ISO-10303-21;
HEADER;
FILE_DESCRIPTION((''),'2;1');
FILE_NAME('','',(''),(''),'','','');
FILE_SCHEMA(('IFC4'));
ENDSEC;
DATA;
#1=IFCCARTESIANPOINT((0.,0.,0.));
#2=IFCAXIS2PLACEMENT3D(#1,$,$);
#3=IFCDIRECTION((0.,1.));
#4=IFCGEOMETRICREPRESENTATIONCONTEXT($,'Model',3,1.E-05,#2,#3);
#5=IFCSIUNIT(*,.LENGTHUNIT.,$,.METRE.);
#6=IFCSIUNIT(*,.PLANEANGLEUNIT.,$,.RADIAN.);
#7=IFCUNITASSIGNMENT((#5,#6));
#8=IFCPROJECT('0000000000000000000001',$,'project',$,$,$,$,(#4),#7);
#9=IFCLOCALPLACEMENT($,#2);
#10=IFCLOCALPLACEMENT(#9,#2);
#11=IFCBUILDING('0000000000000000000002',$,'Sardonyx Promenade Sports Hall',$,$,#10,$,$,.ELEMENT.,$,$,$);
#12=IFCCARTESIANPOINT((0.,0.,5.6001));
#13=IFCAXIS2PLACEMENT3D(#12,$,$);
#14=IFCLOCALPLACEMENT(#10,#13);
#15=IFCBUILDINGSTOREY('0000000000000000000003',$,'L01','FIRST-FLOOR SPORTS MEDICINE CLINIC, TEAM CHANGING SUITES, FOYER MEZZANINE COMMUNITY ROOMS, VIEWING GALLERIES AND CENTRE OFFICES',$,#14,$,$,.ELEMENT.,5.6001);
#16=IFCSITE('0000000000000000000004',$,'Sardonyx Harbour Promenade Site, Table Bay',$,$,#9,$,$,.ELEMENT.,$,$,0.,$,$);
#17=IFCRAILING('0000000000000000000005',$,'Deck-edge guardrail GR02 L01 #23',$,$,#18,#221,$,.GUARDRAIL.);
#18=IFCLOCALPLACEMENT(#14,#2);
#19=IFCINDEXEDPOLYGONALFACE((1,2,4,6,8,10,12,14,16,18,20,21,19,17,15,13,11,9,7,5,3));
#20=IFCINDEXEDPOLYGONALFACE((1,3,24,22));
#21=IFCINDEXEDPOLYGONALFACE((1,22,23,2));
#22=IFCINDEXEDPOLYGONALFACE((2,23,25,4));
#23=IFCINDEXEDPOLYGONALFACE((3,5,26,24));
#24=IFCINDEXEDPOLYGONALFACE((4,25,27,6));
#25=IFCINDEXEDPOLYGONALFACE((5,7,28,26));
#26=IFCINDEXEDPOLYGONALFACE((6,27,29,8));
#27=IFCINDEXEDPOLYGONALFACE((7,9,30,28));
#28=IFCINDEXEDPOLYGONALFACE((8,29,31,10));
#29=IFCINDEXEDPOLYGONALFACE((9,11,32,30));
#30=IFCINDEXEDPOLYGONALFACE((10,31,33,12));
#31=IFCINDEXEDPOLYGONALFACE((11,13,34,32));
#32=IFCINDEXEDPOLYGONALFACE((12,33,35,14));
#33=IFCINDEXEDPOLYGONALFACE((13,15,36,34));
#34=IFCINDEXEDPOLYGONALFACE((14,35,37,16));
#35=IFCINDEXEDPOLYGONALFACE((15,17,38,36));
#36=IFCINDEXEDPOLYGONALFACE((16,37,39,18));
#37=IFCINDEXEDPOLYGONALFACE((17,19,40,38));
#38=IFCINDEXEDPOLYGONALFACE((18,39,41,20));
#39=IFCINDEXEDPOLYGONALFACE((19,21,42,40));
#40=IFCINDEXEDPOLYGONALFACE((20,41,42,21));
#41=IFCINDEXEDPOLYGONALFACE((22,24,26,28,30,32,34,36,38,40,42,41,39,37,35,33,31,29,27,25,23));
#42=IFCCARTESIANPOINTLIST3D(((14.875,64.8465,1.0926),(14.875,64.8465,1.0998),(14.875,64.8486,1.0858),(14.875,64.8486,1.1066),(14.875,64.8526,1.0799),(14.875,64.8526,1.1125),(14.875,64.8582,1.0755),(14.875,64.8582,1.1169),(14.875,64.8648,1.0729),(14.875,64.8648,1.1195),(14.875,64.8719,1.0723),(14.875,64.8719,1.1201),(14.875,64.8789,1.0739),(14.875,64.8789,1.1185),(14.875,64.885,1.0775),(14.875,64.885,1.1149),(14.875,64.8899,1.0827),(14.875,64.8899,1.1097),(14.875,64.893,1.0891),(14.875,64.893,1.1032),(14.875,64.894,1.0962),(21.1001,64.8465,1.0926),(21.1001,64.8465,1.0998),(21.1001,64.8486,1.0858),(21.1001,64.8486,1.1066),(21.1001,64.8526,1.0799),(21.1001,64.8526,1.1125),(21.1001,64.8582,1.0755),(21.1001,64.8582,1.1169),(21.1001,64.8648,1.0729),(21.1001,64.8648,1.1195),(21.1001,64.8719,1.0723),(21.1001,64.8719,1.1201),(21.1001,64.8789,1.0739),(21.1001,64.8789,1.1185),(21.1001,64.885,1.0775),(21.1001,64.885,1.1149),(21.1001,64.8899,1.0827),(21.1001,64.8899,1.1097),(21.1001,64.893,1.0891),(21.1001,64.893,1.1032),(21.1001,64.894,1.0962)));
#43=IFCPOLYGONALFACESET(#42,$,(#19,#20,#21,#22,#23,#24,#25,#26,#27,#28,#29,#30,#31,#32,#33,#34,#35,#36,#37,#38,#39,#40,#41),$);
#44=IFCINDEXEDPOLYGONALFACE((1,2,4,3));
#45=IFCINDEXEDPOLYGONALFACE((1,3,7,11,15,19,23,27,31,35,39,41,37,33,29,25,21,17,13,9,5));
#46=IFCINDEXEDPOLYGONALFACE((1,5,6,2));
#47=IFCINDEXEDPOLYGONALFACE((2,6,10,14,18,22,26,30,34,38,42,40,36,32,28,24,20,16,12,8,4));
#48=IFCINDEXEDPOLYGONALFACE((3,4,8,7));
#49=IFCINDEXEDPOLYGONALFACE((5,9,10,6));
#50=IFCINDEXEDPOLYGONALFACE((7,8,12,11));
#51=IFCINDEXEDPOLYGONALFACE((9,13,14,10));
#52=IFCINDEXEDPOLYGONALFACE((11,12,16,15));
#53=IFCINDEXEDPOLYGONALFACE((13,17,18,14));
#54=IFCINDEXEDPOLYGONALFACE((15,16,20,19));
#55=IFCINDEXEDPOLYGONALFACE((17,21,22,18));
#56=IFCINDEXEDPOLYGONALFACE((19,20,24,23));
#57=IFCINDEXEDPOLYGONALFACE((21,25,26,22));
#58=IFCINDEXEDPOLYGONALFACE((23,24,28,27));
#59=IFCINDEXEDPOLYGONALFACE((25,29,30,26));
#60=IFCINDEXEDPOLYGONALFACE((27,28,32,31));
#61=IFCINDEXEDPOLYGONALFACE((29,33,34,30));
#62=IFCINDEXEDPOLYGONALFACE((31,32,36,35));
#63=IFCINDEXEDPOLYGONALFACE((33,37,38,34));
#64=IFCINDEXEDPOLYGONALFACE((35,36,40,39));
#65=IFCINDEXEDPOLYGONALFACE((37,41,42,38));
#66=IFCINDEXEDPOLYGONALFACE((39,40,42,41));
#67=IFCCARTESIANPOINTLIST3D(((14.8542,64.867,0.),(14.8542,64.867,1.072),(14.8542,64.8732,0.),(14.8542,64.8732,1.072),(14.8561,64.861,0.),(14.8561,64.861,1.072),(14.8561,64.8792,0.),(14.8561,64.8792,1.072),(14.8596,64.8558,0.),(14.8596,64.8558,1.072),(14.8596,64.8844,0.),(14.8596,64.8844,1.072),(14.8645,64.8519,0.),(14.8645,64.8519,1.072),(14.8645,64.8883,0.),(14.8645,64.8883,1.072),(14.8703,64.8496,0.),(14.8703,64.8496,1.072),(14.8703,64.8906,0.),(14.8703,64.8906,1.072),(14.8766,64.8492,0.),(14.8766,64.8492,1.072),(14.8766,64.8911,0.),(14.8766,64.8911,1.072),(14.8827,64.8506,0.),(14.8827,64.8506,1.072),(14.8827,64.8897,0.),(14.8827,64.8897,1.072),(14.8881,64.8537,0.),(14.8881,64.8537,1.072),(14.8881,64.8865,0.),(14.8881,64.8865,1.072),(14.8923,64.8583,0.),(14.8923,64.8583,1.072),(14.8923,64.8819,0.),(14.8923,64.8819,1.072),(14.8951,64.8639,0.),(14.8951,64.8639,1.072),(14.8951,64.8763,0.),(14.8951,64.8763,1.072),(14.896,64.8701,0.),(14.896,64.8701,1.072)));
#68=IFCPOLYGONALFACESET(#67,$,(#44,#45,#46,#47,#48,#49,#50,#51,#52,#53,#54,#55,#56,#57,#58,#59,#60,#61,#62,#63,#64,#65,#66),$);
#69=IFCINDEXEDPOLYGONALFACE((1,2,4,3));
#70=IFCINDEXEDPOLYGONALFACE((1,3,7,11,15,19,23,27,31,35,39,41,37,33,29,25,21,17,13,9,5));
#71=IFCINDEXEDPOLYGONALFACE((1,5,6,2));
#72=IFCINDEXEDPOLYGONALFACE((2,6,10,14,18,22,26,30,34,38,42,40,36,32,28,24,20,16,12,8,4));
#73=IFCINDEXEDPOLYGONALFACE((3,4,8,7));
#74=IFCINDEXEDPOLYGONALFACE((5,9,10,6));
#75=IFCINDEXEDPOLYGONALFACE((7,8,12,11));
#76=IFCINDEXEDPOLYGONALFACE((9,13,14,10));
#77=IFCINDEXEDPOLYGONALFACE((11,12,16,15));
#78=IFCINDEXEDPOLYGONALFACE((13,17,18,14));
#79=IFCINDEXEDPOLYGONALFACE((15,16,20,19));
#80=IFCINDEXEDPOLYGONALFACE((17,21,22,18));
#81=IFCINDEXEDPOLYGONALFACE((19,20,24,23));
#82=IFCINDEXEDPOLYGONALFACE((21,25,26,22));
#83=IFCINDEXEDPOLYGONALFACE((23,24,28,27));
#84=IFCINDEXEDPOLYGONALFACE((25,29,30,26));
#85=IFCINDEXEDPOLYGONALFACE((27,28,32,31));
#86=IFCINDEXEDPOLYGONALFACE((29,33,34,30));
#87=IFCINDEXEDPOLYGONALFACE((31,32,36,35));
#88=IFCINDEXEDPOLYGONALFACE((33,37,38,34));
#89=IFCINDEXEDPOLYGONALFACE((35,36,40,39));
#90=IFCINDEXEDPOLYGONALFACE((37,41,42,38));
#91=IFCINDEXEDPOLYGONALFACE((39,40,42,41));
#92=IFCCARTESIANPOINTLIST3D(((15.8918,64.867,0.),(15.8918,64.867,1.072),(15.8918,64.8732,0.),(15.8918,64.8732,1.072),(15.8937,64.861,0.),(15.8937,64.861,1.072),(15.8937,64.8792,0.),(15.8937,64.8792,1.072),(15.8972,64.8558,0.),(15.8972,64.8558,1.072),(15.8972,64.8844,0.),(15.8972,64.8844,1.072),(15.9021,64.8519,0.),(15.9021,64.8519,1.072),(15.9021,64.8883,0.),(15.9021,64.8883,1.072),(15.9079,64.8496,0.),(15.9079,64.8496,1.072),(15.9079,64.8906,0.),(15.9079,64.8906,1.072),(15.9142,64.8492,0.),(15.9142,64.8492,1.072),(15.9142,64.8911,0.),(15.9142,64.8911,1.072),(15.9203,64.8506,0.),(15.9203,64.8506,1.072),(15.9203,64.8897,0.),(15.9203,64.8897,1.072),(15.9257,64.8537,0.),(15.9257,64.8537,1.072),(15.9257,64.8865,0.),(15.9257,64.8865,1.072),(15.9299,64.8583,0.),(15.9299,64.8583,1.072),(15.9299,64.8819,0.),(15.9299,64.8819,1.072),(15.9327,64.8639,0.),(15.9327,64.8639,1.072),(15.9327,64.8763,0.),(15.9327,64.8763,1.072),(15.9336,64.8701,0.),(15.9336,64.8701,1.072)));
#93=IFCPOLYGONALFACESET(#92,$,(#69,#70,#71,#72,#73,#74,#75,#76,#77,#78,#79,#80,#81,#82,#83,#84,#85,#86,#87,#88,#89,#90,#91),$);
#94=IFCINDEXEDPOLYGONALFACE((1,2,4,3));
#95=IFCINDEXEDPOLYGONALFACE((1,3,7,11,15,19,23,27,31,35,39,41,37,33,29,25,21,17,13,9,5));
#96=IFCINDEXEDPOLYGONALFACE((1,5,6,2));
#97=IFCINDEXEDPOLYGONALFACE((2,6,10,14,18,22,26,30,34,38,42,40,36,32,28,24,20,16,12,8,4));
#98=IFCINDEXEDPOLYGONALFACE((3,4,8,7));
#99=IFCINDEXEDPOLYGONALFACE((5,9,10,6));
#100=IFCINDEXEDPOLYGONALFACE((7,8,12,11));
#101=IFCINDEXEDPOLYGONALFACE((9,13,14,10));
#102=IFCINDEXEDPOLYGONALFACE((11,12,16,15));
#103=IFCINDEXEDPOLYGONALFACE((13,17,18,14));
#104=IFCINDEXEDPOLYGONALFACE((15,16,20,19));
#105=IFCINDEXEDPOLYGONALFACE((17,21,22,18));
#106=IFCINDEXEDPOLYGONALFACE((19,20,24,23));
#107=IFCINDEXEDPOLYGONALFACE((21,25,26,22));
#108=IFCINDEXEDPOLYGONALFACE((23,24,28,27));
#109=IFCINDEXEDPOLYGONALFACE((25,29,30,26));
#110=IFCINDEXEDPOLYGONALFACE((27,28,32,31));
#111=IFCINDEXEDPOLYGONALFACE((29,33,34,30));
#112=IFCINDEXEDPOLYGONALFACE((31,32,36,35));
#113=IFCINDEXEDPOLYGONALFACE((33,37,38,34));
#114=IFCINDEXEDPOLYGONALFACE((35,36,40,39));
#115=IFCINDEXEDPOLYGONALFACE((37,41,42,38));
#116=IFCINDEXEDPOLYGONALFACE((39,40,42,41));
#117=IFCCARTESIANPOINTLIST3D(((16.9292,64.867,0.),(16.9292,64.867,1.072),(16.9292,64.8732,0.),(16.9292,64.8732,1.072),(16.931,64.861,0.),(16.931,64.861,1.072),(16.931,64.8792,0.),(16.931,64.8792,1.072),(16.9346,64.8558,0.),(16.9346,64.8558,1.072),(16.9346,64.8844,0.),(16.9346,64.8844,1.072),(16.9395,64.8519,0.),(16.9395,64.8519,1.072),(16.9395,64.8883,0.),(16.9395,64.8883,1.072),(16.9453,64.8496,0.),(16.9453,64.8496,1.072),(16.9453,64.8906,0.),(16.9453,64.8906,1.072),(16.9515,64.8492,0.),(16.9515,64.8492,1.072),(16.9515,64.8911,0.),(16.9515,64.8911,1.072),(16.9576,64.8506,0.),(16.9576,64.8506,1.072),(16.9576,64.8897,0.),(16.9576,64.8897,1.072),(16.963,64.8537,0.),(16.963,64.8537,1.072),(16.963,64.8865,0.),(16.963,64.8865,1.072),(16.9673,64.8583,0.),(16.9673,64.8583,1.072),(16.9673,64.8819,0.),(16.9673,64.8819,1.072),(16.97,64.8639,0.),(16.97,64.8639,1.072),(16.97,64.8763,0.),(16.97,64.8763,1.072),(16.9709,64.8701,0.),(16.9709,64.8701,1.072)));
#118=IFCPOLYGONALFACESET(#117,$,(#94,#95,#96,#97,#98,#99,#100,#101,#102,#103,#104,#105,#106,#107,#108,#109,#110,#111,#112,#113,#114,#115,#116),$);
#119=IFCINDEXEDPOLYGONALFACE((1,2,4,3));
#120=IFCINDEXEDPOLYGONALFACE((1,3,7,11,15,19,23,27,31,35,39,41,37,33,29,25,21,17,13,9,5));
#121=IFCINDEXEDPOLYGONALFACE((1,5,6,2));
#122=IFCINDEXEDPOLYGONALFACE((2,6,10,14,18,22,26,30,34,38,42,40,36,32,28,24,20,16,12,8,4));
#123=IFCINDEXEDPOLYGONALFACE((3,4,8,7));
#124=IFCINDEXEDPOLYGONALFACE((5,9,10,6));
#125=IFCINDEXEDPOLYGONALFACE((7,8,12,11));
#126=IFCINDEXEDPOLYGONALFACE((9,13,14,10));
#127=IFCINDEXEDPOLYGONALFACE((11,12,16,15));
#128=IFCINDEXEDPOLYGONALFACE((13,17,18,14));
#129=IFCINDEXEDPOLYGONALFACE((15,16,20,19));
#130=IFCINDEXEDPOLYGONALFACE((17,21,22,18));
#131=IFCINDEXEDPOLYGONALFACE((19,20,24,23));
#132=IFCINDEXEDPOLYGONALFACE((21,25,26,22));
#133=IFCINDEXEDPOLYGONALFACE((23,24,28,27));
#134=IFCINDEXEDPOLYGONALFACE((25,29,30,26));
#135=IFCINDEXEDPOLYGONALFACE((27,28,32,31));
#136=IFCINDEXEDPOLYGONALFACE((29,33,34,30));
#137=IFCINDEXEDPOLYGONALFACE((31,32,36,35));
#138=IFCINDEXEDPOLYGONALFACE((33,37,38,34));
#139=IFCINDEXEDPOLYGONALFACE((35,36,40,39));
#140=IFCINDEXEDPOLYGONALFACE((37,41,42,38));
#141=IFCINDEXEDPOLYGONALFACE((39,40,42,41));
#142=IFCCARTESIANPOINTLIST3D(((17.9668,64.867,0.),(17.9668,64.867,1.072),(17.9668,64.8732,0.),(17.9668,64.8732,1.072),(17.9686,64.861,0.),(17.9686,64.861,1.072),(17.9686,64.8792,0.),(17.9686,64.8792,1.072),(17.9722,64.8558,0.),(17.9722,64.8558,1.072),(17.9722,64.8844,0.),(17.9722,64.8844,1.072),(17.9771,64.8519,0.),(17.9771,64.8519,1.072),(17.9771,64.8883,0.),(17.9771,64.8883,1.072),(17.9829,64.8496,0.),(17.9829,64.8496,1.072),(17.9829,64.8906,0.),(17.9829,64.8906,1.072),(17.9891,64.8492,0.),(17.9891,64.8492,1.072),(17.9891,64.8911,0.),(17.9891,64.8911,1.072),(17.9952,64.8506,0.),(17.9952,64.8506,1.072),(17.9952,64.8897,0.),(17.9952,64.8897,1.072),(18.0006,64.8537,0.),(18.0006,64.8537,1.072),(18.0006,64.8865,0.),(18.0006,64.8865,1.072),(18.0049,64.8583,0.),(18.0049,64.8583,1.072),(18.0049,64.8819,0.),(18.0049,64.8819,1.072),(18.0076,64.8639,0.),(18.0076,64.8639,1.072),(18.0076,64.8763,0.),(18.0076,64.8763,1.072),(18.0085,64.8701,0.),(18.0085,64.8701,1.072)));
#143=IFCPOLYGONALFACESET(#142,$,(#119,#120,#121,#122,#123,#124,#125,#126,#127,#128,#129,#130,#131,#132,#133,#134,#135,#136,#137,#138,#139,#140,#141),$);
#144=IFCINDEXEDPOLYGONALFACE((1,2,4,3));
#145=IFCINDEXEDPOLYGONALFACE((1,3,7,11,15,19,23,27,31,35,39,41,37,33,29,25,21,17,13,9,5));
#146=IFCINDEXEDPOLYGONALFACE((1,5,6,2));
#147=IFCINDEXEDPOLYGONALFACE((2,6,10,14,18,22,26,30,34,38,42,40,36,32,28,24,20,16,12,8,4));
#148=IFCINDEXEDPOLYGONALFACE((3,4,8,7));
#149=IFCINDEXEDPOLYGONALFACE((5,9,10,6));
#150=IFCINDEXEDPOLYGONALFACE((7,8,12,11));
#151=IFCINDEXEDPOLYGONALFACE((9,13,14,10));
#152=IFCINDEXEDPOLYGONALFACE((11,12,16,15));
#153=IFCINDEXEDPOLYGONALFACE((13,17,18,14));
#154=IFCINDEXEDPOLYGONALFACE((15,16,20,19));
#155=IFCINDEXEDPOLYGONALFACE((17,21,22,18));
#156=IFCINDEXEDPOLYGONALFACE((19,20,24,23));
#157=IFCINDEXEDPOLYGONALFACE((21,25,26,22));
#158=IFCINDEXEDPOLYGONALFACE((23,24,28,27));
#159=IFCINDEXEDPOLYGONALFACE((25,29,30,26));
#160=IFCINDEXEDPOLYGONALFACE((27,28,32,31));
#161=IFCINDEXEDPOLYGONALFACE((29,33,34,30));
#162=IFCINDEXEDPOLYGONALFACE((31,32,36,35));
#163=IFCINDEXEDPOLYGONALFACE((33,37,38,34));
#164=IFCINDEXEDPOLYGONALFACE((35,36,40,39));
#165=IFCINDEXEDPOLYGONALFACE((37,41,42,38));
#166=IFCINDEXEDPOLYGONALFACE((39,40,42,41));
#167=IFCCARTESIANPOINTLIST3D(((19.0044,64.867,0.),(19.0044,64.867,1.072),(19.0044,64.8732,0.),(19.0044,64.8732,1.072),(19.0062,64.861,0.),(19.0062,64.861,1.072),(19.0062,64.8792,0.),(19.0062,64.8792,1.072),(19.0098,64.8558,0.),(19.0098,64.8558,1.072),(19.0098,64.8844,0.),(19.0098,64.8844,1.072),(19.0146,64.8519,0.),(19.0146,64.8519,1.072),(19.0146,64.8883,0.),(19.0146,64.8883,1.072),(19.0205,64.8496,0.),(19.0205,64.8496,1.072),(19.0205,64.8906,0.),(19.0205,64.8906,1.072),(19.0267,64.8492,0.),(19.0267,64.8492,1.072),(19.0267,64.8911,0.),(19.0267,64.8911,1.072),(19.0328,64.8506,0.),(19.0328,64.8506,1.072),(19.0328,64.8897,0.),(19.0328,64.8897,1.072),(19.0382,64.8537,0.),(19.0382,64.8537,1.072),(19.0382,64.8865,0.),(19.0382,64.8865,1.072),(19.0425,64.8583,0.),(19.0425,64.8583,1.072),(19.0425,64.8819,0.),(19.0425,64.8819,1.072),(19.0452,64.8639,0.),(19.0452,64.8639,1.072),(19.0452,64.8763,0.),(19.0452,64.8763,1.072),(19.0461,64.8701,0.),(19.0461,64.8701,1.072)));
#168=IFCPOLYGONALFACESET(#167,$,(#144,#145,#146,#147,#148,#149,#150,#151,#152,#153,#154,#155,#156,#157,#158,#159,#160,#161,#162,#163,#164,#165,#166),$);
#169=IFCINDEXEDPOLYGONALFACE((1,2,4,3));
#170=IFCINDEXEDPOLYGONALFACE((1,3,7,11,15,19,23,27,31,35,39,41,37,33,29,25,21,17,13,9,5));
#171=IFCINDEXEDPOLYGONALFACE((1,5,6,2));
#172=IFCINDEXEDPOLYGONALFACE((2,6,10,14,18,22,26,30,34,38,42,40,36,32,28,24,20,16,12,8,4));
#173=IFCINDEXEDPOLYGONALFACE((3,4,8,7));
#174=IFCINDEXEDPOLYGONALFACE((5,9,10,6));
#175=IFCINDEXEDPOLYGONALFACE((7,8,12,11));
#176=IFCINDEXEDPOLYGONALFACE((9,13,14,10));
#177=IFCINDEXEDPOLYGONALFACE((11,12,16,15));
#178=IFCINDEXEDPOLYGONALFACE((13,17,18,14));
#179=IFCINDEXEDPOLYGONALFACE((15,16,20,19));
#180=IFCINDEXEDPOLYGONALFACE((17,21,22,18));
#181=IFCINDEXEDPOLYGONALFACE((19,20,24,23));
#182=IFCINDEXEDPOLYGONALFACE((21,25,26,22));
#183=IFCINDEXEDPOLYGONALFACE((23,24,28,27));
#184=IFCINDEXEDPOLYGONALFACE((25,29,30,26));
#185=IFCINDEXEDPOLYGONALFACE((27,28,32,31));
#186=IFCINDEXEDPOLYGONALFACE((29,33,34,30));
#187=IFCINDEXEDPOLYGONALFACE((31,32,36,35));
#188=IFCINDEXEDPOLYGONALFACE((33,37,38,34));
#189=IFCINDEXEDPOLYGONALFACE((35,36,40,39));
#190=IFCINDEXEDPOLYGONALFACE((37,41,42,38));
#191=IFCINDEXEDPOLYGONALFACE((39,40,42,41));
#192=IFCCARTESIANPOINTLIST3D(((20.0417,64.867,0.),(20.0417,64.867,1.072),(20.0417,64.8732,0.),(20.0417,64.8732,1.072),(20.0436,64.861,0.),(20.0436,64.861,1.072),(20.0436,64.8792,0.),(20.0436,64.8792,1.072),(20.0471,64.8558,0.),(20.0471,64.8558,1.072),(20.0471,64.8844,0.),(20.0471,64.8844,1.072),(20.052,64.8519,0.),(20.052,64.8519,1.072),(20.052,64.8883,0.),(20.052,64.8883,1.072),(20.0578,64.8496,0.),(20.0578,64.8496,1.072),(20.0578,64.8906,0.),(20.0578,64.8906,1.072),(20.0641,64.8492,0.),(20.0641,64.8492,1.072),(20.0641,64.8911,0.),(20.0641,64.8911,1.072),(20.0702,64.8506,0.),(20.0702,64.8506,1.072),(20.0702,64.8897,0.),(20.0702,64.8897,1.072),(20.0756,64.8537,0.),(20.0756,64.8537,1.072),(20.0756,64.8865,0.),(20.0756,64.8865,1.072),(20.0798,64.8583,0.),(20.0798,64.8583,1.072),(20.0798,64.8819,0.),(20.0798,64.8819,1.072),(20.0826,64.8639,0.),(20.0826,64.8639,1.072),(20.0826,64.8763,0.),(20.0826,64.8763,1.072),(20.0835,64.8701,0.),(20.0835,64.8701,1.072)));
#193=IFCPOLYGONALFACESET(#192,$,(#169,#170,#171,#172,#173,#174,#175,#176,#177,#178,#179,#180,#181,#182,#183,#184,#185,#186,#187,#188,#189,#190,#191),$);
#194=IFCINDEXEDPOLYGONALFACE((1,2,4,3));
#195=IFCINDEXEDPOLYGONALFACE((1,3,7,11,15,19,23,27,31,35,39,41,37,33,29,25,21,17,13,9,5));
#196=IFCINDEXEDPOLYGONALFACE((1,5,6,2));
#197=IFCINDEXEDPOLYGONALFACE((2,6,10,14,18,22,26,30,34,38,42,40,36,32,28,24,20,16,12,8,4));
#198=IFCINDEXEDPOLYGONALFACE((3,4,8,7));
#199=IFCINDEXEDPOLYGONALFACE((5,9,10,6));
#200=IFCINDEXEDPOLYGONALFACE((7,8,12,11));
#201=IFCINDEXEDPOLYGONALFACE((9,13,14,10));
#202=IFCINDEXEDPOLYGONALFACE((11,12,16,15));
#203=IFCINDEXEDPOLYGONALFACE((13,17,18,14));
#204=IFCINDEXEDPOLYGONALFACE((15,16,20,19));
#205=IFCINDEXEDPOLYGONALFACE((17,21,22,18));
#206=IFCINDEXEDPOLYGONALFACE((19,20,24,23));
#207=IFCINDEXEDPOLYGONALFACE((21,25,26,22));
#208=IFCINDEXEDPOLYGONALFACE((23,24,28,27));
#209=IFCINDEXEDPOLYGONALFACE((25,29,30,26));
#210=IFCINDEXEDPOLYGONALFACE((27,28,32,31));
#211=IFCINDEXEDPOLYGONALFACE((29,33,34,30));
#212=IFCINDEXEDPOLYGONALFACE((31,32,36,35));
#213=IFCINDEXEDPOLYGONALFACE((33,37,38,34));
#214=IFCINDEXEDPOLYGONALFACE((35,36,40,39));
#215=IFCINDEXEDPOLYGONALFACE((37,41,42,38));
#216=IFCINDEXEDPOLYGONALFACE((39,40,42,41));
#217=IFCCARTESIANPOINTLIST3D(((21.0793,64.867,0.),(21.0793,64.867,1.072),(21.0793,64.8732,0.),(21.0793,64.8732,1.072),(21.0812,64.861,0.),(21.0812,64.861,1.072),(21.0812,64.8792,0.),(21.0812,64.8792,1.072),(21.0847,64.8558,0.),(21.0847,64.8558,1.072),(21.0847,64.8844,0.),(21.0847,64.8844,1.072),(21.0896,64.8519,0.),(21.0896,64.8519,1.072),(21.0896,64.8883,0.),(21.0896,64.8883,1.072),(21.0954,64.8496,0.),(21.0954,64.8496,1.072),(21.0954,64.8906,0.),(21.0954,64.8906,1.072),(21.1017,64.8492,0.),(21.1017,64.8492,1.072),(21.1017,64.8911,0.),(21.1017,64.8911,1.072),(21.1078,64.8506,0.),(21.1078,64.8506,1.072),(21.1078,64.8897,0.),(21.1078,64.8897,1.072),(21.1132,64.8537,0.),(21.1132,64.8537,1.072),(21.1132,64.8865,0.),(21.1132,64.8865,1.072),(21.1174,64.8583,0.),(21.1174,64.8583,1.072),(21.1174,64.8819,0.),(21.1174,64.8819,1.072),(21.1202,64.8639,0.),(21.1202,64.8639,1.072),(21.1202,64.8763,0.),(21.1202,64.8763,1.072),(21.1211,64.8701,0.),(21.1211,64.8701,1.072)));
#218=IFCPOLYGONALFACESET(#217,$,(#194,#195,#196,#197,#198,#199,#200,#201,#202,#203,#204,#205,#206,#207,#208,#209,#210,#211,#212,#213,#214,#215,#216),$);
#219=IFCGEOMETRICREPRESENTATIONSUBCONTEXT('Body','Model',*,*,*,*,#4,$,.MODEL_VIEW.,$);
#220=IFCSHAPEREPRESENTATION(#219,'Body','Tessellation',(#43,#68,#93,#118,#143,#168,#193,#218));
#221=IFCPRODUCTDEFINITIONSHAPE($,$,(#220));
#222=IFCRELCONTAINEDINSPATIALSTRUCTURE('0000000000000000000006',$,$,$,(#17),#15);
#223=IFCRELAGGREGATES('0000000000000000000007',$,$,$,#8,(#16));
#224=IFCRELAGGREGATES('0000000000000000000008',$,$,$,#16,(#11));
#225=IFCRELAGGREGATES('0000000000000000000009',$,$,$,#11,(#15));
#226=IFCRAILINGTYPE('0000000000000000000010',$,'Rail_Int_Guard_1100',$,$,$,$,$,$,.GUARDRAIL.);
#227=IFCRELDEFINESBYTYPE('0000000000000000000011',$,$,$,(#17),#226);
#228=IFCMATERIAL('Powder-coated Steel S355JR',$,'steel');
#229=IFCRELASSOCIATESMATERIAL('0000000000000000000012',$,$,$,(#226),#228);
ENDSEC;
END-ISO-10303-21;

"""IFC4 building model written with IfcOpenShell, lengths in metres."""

from ifc_helpers import new_model, si_unit, direction, frame, origin, origin_2d, place, context, subcontext, project, spatial, circle, extrude, material, type_object, element, save


model = new_model("IFC4")

# Units and contexts
model_context = context("Model", 3, precision=1e-05, world=origin(), true_north=direction((0.0, 1.0)))
body_context = subcontext(model_context, "Body", "Model", "MODEL_VIEW")
ifc_project = project(units=[si_unit("LENGTHUNIT", "METRE"), si_unit("PLANEANGLEUNIT", "RADIAN")], contexts=[model_context])

# Site, building, storey
site_placement = place(None, origin())
site = spatial("IfcSite", under=ifc_project, at=site_placement, Name="Sardonyx Harbour Promenade Site, Table Bay", CompositionType="ELEMENT", RefElevation=0.0)
building_placement = place(site_placement, origin())
building = spatial("IfcBuilding", under=site, at=building_placement, Name="Sardonyx Promenade Sports Hall", CompositionType="ELEMENT")
storey_placement = place(building_placement, frame((0.0, 0.0, 5.6001)))
storey = spatial("IfcBuildingStorey", under=building, at=storey_placement, Name="L01", Description="FIRST-FLOOR SPORTS MEDICINE CLINIC, TEAM CHANGING SUITES, FOYER MEZZANINE COMMUNITY ROOMS, VIEWING GALLERIES AND CENTRE OFFICES", CompositionType="ELEMENT", Elevation=5.6001)

# Railing
ifc_material_1 = material(Name="Powder-coated Steel S355JR", Category="steel")
railing_type = type_object("IfcRailingType", Name="Rail_Int_Guard_1100", PredefinedType="GUARDRAIL", material=ifc_material_1)
railing_1_placement = place(storey_placement, frame((14.875, 64.8701, 0.0)))
element("IfcRailing", 1, at=railing_1_placement, inside=storey, type_object=railing_type, Name="Deck-edge guardrail GR02 L01 #23", PredefinedType="GUARDRAIL", context=body_context, shape_type="SweptSolid", body=[
    extrude(circle(Radius=0.0239, at=origin_2d()), frame((0.0, 0.0, 1.0962), z_axis=(1.0, 0.0, 0.0), x_axis=(0.0, 1.0, 0.0)), (0.0, 0.0, 1.0), 6.2251),
    extrude(circle(Radius=0.021, at=origin_2d()), origin(), (0.0, 0.0, 1.0), 1.072),
    extrude(circle(Radius=0.021, at=origin_2d()), frame((1.0376, 0.0, 0.0)), (0.0, 0.0, 1.0), 1.072),
    extrude(circle(Radius=0.021, at=origin_2d()), frame((2.075, 0.0, 0.0)), (0.0, 0.0, 1.0), 1.072),
    extrude(circle(Radius=0.021, at=origin_2d()), frame((3.1125, 0.0, 0.0)), (0.0, 0.0, 1.0), 1.072),
    extrude(circle(Radius=0.021, at=origin_2d()), frame((4.1501, 0.0, 0.0)), (0.0, 0.0, 1.0), 1.072),
    extrude(circle(Radius=0.021, at=origin_2d()), frame((5.1875, 0.0, 0.0)), (0.0, 0.0, 1.0), 1.072),
    extrude(circle(Radius=0.021, at=origin_2d()), frame((6.2251, 0.0, 0.0)), (0.0, 0.0, 1.0), 1.072),
])

save(model, "model.ifc")
